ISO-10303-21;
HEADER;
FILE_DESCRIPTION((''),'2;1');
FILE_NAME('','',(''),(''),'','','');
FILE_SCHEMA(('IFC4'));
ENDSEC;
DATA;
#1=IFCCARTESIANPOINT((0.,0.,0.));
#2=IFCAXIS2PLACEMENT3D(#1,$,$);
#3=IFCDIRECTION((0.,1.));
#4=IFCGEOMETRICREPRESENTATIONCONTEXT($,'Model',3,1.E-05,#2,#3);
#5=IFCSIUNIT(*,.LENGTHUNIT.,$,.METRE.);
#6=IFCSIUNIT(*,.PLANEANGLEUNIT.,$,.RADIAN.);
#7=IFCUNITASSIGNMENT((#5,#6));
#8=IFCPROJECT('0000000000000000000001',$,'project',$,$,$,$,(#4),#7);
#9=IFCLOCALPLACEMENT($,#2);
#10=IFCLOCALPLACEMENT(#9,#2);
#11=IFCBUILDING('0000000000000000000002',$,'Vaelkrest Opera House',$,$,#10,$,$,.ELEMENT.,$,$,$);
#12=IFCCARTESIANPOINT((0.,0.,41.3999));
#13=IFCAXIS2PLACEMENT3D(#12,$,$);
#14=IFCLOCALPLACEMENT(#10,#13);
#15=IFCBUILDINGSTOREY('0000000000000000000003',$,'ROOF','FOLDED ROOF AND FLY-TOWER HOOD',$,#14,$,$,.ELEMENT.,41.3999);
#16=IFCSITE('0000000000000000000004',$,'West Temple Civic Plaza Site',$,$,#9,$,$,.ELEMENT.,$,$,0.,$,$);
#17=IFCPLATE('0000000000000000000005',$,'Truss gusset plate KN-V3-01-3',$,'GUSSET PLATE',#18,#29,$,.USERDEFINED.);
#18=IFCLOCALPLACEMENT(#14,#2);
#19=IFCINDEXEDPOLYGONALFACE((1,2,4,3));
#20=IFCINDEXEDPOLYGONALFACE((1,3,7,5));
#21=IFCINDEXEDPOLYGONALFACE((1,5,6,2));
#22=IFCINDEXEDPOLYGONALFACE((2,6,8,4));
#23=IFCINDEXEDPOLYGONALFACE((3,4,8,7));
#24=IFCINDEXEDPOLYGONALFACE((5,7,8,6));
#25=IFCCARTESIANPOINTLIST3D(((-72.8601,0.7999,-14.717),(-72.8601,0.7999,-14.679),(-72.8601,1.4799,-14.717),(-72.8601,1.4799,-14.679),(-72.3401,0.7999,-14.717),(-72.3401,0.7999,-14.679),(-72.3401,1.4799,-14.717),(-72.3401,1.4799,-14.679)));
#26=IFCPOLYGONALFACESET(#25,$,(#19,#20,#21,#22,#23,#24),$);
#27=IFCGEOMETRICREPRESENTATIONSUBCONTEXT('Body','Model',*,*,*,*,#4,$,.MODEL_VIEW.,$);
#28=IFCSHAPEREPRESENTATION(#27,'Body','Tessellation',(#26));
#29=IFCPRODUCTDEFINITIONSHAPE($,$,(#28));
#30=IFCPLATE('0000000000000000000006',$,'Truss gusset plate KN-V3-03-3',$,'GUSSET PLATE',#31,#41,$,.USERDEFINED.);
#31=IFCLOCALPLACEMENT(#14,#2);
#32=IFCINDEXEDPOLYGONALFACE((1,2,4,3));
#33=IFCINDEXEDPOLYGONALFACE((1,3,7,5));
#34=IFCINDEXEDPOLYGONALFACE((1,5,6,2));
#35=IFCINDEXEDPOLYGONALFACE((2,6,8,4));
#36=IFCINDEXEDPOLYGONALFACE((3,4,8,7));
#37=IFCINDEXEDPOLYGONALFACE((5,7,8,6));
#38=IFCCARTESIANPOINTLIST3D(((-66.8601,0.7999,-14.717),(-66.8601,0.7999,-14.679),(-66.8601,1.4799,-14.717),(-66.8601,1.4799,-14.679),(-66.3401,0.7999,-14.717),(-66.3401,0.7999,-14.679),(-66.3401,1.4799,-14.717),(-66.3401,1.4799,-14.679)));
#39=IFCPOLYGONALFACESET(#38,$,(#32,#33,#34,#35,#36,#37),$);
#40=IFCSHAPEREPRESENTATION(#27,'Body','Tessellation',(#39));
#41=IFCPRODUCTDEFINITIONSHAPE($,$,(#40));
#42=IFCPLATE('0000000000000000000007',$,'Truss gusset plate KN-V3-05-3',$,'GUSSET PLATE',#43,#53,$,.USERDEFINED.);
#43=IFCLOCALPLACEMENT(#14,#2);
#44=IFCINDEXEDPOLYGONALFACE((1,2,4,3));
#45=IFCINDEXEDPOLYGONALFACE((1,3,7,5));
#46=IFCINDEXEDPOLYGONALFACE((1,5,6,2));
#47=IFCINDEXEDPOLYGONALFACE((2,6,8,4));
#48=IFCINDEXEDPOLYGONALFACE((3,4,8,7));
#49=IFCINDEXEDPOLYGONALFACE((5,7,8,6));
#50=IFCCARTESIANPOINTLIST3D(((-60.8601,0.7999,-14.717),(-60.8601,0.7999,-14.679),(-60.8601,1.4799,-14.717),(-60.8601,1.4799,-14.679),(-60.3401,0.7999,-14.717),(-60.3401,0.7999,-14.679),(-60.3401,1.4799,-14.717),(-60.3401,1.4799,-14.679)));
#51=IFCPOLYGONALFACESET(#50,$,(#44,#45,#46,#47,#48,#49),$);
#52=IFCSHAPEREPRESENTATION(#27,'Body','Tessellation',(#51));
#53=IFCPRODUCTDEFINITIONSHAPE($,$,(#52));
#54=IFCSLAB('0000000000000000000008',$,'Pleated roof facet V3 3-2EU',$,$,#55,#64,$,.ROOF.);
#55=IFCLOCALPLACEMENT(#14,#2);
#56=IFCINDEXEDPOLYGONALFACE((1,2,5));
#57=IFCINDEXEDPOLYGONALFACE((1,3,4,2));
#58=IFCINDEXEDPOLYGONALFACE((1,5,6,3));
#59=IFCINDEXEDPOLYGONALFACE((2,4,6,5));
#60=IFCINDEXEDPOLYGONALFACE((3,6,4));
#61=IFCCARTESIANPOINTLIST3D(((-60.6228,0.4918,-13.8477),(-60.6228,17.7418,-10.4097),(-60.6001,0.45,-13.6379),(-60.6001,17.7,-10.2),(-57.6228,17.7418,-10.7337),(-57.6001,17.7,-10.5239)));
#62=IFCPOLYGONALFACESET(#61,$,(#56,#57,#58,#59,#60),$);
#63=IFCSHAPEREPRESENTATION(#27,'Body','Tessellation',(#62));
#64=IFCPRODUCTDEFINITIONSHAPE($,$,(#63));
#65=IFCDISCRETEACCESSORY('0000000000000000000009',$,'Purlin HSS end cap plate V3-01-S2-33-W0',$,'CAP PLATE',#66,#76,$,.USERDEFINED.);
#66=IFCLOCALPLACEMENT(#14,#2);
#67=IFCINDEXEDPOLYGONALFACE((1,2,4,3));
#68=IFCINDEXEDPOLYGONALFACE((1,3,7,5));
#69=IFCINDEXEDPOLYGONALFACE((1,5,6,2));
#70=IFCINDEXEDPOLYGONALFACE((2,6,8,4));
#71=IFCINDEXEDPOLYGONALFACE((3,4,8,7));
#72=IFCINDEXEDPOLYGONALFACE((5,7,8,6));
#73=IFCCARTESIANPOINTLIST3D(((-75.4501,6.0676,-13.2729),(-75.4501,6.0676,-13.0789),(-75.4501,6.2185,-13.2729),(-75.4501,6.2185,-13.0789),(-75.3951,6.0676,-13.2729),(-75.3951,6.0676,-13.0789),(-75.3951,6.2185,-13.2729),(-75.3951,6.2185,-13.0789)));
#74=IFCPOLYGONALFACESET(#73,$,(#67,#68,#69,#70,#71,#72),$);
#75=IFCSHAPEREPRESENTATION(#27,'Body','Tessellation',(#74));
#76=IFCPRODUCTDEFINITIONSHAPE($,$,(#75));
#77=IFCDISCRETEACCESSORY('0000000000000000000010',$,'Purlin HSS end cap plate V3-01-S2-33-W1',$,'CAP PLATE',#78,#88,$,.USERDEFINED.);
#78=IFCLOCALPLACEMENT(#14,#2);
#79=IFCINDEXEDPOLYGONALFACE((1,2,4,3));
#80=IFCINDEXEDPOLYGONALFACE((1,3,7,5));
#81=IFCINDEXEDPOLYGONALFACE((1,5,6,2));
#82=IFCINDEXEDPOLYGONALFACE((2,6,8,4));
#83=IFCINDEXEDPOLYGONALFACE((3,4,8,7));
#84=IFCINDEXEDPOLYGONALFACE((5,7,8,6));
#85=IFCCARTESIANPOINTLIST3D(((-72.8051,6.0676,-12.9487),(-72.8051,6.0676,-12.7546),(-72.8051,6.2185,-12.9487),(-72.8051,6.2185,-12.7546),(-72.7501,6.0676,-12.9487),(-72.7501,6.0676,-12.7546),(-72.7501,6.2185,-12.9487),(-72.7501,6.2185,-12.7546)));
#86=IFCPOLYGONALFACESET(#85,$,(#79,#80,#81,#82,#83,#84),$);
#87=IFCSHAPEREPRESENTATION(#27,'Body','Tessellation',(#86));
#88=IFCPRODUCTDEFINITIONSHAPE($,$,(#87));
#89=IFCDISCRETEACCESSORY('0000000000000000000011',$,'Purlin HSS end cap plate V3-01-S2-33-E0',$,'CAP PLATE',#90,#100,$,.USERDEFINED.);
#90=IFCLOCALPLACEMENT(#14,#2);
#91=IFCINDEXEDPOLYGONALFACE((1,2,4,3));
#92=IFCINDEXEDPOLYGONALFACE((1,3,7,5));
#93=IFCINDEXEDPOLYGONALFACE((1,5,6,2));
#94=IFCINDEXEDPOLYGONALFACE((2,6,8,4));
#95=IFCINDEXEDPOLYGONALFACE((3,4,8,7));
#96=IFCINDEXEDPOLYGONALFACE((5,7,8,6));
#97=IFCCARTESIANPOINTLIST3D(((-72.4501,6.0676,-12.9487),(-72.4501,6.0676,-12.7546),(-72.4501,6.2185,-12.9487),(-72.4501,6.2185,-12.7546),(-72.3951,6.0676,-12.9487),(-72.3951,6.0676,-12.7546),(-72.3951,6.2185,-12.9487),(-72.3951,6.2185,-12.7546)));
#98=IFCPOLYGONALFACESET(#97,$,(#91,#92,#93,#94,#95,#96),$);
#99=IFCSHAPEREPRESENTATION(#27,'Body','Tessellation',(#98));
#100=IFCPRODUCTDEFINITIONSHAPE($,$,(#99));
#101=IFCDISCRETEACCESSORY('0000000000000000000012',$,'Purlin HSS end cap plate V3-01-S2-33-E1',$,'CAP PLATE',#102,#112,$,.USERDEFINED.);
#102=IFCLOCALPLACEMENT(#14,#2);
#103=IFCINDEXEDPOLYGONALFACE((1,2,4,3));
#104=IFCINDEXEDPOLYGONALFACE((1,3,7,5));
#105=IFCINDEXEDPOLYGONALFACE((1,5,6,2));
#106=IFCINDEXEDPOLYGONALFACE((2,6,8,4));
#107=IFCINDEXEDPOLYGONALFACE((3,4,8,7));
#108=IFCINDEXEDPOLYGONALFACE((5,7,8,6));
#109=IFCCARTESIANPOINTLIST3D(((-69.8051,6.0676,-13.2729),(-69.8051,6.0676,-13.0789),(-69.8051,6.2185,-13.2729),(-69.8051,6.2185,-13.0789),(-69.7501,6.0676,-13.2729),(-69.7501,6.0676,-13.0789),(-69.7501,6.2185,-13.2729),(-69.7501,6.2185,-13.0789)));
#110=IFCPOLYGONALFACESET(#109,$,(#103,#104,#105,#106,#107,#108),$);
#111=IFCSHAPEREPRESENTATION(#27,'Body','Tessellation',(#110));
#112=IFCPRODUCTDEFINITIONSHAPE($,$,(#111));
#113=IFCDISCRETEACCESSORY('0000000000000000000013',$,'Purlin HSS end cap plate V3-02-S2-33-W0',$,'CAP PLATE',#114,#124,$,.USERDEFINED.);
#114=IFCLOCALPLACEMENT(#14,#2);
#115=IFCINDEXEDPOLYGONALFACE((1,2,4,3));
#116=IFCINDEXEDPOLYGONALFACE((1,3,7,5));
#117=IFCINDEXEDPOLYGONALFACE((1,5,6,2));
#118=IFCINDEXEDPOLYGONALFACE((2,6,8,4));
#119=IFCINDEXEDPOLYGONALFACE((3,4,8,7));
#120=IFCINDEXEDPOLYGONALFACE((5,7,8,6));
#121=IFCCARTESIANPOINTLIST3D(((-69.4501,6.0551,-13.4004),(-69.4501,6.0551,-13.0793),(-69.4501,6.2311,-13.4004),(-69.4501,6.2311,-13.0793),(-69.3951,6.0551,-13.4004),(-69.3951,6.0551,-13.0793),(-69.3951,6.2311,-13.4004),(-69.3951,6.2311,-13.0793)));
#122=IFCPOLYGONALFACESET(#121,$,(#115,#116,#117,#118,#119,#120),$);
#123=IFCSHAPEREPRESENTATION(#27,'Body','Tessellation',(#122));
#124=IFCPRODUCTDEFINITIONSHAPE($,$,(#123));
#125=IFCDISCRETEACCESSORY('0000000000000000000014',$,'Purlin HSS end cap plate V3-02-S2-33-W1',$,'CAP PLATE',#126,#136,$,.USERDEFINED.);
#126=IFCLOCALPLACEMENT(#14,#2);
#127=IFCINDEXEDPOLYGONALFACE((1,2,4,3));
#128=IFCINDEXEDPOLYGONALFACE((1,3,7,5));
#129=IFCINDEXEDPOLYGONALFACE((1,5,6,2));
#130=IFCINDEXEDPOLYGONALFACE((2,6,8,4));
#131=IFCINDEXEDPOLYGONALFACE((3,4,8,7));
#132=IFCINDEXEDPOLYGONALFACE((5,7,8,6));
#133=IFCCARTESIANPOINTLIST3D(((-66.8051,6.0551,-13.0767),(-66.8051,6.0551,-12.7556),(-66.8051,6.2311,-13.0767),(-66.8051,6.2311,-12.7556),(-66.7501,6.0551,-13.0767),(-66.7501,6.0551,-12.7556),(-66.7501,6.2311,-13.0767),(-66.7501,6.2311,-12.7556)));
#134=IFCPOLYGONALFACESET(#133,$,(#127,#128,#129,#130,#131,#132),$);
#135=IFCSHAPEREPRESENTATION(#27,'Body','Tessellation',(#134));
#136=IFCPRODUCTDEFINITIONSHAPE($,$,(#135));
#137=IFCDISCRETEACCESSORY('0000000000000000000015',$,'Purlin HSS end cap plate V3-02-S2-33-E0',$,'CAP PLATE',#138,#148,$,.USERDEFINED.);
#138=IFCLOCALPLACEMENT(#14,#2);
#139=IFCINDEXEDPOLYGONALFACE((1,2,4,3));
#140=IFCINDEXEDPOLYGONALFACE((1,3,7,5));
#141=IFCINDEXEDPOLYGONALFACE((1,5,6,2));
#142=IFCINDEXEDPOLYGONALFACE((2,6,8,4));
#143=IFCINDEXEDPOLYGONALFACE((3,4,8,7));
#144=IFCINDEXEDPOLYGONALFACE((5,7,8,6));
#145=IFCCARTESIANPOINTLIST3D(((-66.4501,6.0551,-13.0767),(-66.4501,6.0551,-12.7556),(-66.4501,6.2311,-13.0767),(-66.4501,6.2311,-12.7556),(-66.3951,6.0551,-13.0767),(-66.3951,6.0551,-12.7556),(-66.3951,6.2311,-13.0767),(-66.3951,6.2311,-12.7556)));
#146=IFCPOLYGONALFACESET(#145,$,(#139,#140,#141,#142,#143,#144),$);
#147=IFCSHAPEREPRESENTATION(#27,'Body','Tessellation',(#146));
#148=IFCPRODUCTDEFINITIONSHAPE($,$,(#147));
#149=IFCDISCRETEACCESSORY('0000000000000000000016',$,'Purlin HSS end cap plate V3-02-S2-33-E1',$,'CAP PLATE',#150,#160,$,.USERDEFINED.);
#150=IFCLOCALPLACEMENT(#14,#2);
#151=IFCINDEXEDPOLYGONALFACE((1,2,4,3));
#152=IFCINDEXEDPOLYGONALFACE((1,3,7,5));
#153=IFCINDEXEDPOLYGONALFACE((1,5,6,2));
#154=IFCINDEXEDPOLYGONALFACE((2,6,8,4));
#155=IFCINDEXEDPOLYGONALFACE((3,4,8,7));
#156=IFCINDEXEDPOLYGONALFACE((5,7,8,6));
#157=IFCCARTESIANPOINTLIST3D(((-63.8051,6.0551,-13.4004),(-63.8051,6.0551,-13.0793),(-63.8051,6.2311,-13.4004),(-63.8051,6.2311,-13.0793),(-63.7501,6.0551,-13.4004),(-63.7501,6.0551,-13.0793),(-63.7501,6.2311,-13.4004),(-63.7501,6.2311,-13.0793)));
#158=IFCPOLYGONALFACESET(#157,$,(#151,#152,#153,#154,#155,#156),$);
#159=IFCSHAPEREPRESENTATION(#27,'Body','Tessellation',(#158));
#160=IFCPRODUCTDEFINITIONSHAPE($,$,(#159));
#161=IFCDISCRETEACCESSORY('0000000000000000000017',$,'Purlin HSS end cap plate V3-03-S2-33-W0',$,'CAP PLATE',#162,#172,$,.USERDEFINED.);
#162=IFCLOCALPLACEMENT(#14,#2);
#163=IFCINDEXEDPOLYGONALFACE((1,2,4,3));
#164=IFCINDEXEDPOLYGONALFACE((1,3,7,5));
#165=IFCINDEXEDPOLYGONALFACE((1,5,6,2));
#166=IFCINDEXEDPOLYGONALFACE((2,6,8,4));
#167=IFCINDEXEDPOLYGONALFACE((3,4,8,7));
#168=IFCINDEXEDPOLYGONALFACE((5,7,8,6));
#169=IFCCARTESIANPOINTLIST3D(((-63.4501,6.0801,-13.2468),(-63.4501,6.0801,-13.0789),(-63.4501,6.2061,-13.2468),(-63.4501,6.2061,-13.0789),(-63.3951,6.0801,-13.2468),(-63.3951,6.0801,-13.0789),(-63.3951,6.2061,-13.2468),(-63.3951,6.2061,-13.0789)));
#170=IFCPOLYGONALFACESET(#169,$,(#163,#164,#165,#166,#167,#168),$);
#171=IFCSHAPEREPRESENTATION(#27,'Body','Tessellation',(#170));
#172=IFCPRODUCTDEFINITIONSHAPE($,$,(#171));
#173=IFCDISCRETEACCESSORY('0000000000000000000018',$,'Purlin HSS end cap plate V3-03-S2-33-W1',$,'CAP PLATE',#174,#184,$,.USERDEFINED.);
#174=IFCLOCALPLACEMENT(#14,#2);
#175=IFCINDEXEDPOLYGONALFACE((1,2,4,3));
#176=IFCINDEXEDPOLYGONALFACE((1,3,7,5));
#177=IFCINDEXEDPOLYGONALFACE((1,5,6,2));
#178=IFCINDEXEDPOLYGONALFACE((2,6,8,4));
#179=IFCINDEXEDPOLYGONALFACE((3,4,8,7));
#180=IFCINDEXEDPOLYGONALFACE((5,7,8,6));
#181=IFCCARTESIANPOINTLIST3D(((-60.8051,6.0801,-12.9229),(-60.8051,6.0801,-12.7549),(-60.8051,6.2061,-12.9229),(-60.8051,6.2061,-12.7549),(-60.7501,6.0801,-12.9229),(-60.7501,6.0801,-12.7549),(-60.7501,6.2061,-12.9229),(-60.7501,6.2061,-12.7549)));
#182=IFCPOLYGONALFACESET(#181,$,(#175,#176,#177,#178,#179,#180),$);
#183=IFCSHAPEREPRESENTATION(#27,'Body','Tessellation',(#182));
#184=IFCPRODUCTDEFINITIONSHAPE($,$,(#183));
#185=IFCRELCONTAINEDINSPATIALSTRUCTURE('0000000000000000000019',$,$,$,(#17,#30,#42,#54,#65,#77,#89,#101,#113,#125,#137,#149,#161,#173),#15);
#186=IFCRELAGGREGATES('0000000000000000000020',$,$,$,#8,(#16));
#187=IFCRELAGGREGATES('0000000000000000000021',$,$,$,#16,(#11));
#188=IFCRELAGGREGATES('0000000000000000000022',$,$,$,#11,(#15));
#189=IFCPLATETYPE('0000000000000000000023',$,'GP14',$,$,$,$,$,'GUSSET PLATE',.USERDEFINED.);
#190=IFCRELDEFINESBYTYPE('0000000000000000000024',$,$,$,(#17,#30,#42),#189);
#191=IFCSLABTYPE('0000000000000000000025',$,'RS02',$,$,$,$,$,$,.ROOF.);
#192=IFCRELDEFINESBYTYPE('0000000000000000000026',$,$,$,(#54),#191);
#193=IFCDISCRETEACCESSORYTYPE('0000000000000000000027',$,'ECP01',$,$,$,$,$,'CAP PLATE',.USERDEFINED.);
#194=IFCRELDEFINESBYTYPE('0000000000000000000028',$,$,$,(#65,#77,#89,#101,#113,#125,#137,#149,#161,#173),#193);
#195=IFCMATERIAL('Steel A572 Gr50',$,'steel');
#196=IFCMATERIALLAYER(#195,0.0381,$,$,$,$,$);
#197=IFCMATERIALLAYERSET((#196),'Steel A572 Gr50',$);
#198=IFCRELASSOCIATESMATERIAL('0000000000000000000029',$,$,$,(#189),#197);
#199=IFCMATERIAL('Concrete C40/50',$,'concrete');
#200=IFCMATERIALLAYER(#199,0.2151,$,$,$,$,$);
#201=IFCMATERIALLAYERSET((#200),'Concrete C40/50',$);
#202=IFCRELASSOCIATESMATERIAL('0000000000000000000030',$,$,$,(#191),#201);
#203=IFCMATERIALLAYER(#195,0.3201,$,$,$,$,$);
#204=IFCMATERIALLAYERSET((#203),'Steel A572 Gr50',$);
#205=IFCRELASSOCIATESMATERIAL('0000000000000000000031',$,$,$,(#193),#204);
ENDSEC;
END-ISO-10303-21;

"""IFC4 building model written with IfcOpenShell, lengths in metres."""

from ifc_helpers import new_model, si_unit, direction, frame, origin, origin_2d, place, context, subcontext, project, spatial, polyline, rectangle, outline, extrude, material, layer, layer_set, type_object, element, save


model = new_model("IFC4")

# Units and contexts
model_context = context("Model", 3, precision=1e-05, world=origin(), true_north=direction((0.0, 1.0)))
body_context = subcontext(model_context, "Body", "Model", "MODEL_VIEW")
ifc_project = project(units=[si_unit("LENGTHUNIT", "METRE"), si_unit("PLANEANGLEUNIT", "RADIAN")], contexts=[model_context])

# Site, building, storey
site_placement = place(None, origin())
site = spatial("IfcSite", under=ifc_project, at=site_placement, Name="West Temple Civic Plaza Site", CompositionType="ELEMENT", RefElevation=0.0)
building_placement = place(site_placement, origin())
building = spatial("IfcBuilding", under=site, at=building_placement, Name="Vaelkrest Opera House", CompositionType="ELEMENT")
storey_placement = place(building_placement, frame((0.0, 0.0, 41.3999)))
storey = spatial("IfcBuildingStorey", under=building, at=storey_placement, Name="ROOF", Description="FOLDED ROOF AND FLY-TOWER HOOD", CompositionType="ELEMENT", Elevation=41.3999)

# Plates
ifc_material_1 = material(Name="Steel A572 Gr50", Category="steel")
ifc_layer_1 = layer(ifc_material_1, 0.0381)
ifc_layer_set_1 = layer_set([ifc_layer_1], Name="Steel A572 Gr50")
plate_type_1 = type_object("IfcPlateType", Name="GP14", ElementType="GUSSET PLATE", PredefinedType="USERDEFINED", material=ifc_layer_set_1)
for number, where, z_axis, x_axis, name in (
    (1, (-72.6001, 1.1399, -14.717), (0.0, 0.0, 1.0), (0.0, 1.0, 0.0), "Truss gusset plate KN-V3-01-3"),
    (2, (-66.6001, 1.1399, -14.717), (0.0, 0.0, 1.0), (0.0, 1.0, 0.0), "Truss gusset plate KN-V3-03-3"),
    (3, (-60.6001, 1.1399, -14.717), (0.0, 0.0, 1.0), (0.0, 1.0, 0.0), "Truss gusset plate KN-V3-05-3"),
):
    element("IfcPlate", number, at=place(storey_placement, frame(where, z_axis=z_axis, x_axis=x_axis)), inside=storey, type_object=plate_type_1, Name=name, ObjectType="GUSSET PLATE", PredefinedType="USERDEFINED", context=body_context, shape_type="SweptSolid", body=[
        extrude(rectangle(XDim=0.6799, YDim=0.52, at=origin_2d()), origin(), (0.0, 0.0, 1.0), 0.0381),
    ])

# Slab
ifc_material_2 = material(Name="Concrete C40/50", Category="concrete")
ifc_layer_2 = layer(ifc_material_2, 0.2151)
ifc_layer_set_2 = layer_set([ifc_layer_2], Name="Concrete C40/50")
slab_type = type_object("IfcSlabType", Name="RS02", PredefinedType="ROOF", material=ifc_layer_set_2)
slab_placement = place(storey_placement, frame((-60.6001, 0.45, -13.6379), z_axis=(0.10532, -0.194372, 0.975257), x_axis=(0.168694, 0.96999, 0.175105)))
element("IfcSlab", 4, at=slab_placement, inside=storey, type_object=slab_type, Name="Pleated roof facet V3 3-2EU", PredefinedType="ROOF", context=body_context, shape_type="SweptSolid", body=[
    extrude(outline(polyline([(0.0, 0.0), (17.7837, 0.0), (17.3343, 2.9838), (0.0, 0.0)])), origin(), (0.0, 0.0, -1.0), 0.2151),
])

# Discrete accessories
ifc_layer_3 = layer(ifc_material_1, 0.3201)
ifc_layer_set_3 = layer_set([ifc_layer_3], Name="Steel A572 Gr50")
discrete_accessory_type = type_object("IfcDiscreteAccessoryType", Name="ECP01", ElementType="CAP PLATE", PredefinedType="USERDEFINED", material=ifc_layer_set_3)
for number, where, z_axis, x_axis, name in (
    (5, (-75.4226, 6.1431, -13.2729), (0.0, 0.0, 1.0), (1.0, 0.0, 0.0), "Purlin HSS end cap plate V3-01-S2-33-W0"),
    (6, (-72.7776, 6.1431, -12.9487), (0.0, 0.0, 1.0), (1.0, 0.0, 0.0), "Purlin HSS end cap plate V3-01-S2-33-W1"),
    (7, (-72.4226, 6.1431, -12.9487), (0.0, 0.0, 1.0), (1.0, 0.0, 0.0), "Purlin HSS end cap plate V3-01-S2-33-E0"),
    (8, (-69.7776, 6.1431, -13.2729), (0.0, 0.0, 1.0), (1.0, 0.0, 0.0), "Purlin HSS end cap plate V3-01-S2-33-E1"),
):
    element("IfcDiscreteAccessory", number, at=place(storey_placement, frame(where, z_axis=z_axis, x_axis=x_axis)), inside=storey, type_object=discrete_accessory_type, Name=name, ObjectType="CAP PLATE", PredefinedType="USERDEFINED", context=body_context, shape_type="SweptSolid", body=[
        extrude(rectangle(XDim=0.0549, YDim=0.1509, at=origin_2d()), origin(), (0.0, 0.0, 1.0), 0.1941),
    ])
for number, where, z_axis, x_axis, name in (
    (9, (-69.4226, 6.1431, -13.4004), (0.0, 0.0, 1.0), (1.0, 0.0, 0.0), "Purlin HSS end cap plate V3-02-S2-33-W0"),
    (10, (-66.7776, 6.1431, -13.0767), (0.0, 0.0, 1.0), (1.0, 0.0, 0.0), "Purlin HSS end cap plate V3-02-S2-33-W1"),
    (11, (-66.4226, 6.1431, -13.0767), (0.0, 0.0, 1.0), (1.0, 0.0, 0.0), "Purlin HSS end cap plate V3-02-S2-33-E0"),
    (12, (-63.7776, 6.1431, -13.4004), (0.0, 0.0, 1.0), (1.0, 0.0, 0.0), "Purlin HSS end cap plate V3-02-S2-33-E1"),
):
    element("IfcDiscreteAccessory", number, at=place(storey_placement, frame(where, z_axis=z_axis, x_axis=x_axis)), inside=storey, type_object=discrete_accessory_type, Name=name, ObjectType="CAP PLATE", PredefinedType="USERDEFINED", context=body_context, shape_type="SweptSolid", body=[
        extrude(rectangle(XDim=0.0549, YDim=0.176, at=origin_2d()), origin(), (0.0, 0.0, 1.0), 0.321),
    ])
for number, where, z_axis, x_axis, name in (
    (13, (-63.4226, 6.1431, -13.2468), (0.0, 0.0, 1.0), (1.0, 0.0, 0.0), "Purlin HSS end cap plate V3-03-S2-33-W0"),
    (14, (-60.7776, 6.1431, -12.9229), (0.0, 0.0, 1.0), (1.0, 0.0, 0.0), "Purlin HSS end cap plate V3-03-S2-33-W1"),
):
    element("IfcDiscreteAccessory", number, at=place(storey_placement, frame(where, z_axis=z_axis, x_axis=x_axis)), inside=storey, type_object=discrete_accessory_type, Name=name, ObjectType="CAP PLATE", PredefinedType="USERDEFINED", context=body_context, shape_type="SweptSolid", body=[
        extrude(rectangle(XDim=0.0549, YDim=0.126, at=origin_2d()), origin(), (0.0, 0.0, 1.0), 0.168),
    ])

save(model, "model.ifc")
